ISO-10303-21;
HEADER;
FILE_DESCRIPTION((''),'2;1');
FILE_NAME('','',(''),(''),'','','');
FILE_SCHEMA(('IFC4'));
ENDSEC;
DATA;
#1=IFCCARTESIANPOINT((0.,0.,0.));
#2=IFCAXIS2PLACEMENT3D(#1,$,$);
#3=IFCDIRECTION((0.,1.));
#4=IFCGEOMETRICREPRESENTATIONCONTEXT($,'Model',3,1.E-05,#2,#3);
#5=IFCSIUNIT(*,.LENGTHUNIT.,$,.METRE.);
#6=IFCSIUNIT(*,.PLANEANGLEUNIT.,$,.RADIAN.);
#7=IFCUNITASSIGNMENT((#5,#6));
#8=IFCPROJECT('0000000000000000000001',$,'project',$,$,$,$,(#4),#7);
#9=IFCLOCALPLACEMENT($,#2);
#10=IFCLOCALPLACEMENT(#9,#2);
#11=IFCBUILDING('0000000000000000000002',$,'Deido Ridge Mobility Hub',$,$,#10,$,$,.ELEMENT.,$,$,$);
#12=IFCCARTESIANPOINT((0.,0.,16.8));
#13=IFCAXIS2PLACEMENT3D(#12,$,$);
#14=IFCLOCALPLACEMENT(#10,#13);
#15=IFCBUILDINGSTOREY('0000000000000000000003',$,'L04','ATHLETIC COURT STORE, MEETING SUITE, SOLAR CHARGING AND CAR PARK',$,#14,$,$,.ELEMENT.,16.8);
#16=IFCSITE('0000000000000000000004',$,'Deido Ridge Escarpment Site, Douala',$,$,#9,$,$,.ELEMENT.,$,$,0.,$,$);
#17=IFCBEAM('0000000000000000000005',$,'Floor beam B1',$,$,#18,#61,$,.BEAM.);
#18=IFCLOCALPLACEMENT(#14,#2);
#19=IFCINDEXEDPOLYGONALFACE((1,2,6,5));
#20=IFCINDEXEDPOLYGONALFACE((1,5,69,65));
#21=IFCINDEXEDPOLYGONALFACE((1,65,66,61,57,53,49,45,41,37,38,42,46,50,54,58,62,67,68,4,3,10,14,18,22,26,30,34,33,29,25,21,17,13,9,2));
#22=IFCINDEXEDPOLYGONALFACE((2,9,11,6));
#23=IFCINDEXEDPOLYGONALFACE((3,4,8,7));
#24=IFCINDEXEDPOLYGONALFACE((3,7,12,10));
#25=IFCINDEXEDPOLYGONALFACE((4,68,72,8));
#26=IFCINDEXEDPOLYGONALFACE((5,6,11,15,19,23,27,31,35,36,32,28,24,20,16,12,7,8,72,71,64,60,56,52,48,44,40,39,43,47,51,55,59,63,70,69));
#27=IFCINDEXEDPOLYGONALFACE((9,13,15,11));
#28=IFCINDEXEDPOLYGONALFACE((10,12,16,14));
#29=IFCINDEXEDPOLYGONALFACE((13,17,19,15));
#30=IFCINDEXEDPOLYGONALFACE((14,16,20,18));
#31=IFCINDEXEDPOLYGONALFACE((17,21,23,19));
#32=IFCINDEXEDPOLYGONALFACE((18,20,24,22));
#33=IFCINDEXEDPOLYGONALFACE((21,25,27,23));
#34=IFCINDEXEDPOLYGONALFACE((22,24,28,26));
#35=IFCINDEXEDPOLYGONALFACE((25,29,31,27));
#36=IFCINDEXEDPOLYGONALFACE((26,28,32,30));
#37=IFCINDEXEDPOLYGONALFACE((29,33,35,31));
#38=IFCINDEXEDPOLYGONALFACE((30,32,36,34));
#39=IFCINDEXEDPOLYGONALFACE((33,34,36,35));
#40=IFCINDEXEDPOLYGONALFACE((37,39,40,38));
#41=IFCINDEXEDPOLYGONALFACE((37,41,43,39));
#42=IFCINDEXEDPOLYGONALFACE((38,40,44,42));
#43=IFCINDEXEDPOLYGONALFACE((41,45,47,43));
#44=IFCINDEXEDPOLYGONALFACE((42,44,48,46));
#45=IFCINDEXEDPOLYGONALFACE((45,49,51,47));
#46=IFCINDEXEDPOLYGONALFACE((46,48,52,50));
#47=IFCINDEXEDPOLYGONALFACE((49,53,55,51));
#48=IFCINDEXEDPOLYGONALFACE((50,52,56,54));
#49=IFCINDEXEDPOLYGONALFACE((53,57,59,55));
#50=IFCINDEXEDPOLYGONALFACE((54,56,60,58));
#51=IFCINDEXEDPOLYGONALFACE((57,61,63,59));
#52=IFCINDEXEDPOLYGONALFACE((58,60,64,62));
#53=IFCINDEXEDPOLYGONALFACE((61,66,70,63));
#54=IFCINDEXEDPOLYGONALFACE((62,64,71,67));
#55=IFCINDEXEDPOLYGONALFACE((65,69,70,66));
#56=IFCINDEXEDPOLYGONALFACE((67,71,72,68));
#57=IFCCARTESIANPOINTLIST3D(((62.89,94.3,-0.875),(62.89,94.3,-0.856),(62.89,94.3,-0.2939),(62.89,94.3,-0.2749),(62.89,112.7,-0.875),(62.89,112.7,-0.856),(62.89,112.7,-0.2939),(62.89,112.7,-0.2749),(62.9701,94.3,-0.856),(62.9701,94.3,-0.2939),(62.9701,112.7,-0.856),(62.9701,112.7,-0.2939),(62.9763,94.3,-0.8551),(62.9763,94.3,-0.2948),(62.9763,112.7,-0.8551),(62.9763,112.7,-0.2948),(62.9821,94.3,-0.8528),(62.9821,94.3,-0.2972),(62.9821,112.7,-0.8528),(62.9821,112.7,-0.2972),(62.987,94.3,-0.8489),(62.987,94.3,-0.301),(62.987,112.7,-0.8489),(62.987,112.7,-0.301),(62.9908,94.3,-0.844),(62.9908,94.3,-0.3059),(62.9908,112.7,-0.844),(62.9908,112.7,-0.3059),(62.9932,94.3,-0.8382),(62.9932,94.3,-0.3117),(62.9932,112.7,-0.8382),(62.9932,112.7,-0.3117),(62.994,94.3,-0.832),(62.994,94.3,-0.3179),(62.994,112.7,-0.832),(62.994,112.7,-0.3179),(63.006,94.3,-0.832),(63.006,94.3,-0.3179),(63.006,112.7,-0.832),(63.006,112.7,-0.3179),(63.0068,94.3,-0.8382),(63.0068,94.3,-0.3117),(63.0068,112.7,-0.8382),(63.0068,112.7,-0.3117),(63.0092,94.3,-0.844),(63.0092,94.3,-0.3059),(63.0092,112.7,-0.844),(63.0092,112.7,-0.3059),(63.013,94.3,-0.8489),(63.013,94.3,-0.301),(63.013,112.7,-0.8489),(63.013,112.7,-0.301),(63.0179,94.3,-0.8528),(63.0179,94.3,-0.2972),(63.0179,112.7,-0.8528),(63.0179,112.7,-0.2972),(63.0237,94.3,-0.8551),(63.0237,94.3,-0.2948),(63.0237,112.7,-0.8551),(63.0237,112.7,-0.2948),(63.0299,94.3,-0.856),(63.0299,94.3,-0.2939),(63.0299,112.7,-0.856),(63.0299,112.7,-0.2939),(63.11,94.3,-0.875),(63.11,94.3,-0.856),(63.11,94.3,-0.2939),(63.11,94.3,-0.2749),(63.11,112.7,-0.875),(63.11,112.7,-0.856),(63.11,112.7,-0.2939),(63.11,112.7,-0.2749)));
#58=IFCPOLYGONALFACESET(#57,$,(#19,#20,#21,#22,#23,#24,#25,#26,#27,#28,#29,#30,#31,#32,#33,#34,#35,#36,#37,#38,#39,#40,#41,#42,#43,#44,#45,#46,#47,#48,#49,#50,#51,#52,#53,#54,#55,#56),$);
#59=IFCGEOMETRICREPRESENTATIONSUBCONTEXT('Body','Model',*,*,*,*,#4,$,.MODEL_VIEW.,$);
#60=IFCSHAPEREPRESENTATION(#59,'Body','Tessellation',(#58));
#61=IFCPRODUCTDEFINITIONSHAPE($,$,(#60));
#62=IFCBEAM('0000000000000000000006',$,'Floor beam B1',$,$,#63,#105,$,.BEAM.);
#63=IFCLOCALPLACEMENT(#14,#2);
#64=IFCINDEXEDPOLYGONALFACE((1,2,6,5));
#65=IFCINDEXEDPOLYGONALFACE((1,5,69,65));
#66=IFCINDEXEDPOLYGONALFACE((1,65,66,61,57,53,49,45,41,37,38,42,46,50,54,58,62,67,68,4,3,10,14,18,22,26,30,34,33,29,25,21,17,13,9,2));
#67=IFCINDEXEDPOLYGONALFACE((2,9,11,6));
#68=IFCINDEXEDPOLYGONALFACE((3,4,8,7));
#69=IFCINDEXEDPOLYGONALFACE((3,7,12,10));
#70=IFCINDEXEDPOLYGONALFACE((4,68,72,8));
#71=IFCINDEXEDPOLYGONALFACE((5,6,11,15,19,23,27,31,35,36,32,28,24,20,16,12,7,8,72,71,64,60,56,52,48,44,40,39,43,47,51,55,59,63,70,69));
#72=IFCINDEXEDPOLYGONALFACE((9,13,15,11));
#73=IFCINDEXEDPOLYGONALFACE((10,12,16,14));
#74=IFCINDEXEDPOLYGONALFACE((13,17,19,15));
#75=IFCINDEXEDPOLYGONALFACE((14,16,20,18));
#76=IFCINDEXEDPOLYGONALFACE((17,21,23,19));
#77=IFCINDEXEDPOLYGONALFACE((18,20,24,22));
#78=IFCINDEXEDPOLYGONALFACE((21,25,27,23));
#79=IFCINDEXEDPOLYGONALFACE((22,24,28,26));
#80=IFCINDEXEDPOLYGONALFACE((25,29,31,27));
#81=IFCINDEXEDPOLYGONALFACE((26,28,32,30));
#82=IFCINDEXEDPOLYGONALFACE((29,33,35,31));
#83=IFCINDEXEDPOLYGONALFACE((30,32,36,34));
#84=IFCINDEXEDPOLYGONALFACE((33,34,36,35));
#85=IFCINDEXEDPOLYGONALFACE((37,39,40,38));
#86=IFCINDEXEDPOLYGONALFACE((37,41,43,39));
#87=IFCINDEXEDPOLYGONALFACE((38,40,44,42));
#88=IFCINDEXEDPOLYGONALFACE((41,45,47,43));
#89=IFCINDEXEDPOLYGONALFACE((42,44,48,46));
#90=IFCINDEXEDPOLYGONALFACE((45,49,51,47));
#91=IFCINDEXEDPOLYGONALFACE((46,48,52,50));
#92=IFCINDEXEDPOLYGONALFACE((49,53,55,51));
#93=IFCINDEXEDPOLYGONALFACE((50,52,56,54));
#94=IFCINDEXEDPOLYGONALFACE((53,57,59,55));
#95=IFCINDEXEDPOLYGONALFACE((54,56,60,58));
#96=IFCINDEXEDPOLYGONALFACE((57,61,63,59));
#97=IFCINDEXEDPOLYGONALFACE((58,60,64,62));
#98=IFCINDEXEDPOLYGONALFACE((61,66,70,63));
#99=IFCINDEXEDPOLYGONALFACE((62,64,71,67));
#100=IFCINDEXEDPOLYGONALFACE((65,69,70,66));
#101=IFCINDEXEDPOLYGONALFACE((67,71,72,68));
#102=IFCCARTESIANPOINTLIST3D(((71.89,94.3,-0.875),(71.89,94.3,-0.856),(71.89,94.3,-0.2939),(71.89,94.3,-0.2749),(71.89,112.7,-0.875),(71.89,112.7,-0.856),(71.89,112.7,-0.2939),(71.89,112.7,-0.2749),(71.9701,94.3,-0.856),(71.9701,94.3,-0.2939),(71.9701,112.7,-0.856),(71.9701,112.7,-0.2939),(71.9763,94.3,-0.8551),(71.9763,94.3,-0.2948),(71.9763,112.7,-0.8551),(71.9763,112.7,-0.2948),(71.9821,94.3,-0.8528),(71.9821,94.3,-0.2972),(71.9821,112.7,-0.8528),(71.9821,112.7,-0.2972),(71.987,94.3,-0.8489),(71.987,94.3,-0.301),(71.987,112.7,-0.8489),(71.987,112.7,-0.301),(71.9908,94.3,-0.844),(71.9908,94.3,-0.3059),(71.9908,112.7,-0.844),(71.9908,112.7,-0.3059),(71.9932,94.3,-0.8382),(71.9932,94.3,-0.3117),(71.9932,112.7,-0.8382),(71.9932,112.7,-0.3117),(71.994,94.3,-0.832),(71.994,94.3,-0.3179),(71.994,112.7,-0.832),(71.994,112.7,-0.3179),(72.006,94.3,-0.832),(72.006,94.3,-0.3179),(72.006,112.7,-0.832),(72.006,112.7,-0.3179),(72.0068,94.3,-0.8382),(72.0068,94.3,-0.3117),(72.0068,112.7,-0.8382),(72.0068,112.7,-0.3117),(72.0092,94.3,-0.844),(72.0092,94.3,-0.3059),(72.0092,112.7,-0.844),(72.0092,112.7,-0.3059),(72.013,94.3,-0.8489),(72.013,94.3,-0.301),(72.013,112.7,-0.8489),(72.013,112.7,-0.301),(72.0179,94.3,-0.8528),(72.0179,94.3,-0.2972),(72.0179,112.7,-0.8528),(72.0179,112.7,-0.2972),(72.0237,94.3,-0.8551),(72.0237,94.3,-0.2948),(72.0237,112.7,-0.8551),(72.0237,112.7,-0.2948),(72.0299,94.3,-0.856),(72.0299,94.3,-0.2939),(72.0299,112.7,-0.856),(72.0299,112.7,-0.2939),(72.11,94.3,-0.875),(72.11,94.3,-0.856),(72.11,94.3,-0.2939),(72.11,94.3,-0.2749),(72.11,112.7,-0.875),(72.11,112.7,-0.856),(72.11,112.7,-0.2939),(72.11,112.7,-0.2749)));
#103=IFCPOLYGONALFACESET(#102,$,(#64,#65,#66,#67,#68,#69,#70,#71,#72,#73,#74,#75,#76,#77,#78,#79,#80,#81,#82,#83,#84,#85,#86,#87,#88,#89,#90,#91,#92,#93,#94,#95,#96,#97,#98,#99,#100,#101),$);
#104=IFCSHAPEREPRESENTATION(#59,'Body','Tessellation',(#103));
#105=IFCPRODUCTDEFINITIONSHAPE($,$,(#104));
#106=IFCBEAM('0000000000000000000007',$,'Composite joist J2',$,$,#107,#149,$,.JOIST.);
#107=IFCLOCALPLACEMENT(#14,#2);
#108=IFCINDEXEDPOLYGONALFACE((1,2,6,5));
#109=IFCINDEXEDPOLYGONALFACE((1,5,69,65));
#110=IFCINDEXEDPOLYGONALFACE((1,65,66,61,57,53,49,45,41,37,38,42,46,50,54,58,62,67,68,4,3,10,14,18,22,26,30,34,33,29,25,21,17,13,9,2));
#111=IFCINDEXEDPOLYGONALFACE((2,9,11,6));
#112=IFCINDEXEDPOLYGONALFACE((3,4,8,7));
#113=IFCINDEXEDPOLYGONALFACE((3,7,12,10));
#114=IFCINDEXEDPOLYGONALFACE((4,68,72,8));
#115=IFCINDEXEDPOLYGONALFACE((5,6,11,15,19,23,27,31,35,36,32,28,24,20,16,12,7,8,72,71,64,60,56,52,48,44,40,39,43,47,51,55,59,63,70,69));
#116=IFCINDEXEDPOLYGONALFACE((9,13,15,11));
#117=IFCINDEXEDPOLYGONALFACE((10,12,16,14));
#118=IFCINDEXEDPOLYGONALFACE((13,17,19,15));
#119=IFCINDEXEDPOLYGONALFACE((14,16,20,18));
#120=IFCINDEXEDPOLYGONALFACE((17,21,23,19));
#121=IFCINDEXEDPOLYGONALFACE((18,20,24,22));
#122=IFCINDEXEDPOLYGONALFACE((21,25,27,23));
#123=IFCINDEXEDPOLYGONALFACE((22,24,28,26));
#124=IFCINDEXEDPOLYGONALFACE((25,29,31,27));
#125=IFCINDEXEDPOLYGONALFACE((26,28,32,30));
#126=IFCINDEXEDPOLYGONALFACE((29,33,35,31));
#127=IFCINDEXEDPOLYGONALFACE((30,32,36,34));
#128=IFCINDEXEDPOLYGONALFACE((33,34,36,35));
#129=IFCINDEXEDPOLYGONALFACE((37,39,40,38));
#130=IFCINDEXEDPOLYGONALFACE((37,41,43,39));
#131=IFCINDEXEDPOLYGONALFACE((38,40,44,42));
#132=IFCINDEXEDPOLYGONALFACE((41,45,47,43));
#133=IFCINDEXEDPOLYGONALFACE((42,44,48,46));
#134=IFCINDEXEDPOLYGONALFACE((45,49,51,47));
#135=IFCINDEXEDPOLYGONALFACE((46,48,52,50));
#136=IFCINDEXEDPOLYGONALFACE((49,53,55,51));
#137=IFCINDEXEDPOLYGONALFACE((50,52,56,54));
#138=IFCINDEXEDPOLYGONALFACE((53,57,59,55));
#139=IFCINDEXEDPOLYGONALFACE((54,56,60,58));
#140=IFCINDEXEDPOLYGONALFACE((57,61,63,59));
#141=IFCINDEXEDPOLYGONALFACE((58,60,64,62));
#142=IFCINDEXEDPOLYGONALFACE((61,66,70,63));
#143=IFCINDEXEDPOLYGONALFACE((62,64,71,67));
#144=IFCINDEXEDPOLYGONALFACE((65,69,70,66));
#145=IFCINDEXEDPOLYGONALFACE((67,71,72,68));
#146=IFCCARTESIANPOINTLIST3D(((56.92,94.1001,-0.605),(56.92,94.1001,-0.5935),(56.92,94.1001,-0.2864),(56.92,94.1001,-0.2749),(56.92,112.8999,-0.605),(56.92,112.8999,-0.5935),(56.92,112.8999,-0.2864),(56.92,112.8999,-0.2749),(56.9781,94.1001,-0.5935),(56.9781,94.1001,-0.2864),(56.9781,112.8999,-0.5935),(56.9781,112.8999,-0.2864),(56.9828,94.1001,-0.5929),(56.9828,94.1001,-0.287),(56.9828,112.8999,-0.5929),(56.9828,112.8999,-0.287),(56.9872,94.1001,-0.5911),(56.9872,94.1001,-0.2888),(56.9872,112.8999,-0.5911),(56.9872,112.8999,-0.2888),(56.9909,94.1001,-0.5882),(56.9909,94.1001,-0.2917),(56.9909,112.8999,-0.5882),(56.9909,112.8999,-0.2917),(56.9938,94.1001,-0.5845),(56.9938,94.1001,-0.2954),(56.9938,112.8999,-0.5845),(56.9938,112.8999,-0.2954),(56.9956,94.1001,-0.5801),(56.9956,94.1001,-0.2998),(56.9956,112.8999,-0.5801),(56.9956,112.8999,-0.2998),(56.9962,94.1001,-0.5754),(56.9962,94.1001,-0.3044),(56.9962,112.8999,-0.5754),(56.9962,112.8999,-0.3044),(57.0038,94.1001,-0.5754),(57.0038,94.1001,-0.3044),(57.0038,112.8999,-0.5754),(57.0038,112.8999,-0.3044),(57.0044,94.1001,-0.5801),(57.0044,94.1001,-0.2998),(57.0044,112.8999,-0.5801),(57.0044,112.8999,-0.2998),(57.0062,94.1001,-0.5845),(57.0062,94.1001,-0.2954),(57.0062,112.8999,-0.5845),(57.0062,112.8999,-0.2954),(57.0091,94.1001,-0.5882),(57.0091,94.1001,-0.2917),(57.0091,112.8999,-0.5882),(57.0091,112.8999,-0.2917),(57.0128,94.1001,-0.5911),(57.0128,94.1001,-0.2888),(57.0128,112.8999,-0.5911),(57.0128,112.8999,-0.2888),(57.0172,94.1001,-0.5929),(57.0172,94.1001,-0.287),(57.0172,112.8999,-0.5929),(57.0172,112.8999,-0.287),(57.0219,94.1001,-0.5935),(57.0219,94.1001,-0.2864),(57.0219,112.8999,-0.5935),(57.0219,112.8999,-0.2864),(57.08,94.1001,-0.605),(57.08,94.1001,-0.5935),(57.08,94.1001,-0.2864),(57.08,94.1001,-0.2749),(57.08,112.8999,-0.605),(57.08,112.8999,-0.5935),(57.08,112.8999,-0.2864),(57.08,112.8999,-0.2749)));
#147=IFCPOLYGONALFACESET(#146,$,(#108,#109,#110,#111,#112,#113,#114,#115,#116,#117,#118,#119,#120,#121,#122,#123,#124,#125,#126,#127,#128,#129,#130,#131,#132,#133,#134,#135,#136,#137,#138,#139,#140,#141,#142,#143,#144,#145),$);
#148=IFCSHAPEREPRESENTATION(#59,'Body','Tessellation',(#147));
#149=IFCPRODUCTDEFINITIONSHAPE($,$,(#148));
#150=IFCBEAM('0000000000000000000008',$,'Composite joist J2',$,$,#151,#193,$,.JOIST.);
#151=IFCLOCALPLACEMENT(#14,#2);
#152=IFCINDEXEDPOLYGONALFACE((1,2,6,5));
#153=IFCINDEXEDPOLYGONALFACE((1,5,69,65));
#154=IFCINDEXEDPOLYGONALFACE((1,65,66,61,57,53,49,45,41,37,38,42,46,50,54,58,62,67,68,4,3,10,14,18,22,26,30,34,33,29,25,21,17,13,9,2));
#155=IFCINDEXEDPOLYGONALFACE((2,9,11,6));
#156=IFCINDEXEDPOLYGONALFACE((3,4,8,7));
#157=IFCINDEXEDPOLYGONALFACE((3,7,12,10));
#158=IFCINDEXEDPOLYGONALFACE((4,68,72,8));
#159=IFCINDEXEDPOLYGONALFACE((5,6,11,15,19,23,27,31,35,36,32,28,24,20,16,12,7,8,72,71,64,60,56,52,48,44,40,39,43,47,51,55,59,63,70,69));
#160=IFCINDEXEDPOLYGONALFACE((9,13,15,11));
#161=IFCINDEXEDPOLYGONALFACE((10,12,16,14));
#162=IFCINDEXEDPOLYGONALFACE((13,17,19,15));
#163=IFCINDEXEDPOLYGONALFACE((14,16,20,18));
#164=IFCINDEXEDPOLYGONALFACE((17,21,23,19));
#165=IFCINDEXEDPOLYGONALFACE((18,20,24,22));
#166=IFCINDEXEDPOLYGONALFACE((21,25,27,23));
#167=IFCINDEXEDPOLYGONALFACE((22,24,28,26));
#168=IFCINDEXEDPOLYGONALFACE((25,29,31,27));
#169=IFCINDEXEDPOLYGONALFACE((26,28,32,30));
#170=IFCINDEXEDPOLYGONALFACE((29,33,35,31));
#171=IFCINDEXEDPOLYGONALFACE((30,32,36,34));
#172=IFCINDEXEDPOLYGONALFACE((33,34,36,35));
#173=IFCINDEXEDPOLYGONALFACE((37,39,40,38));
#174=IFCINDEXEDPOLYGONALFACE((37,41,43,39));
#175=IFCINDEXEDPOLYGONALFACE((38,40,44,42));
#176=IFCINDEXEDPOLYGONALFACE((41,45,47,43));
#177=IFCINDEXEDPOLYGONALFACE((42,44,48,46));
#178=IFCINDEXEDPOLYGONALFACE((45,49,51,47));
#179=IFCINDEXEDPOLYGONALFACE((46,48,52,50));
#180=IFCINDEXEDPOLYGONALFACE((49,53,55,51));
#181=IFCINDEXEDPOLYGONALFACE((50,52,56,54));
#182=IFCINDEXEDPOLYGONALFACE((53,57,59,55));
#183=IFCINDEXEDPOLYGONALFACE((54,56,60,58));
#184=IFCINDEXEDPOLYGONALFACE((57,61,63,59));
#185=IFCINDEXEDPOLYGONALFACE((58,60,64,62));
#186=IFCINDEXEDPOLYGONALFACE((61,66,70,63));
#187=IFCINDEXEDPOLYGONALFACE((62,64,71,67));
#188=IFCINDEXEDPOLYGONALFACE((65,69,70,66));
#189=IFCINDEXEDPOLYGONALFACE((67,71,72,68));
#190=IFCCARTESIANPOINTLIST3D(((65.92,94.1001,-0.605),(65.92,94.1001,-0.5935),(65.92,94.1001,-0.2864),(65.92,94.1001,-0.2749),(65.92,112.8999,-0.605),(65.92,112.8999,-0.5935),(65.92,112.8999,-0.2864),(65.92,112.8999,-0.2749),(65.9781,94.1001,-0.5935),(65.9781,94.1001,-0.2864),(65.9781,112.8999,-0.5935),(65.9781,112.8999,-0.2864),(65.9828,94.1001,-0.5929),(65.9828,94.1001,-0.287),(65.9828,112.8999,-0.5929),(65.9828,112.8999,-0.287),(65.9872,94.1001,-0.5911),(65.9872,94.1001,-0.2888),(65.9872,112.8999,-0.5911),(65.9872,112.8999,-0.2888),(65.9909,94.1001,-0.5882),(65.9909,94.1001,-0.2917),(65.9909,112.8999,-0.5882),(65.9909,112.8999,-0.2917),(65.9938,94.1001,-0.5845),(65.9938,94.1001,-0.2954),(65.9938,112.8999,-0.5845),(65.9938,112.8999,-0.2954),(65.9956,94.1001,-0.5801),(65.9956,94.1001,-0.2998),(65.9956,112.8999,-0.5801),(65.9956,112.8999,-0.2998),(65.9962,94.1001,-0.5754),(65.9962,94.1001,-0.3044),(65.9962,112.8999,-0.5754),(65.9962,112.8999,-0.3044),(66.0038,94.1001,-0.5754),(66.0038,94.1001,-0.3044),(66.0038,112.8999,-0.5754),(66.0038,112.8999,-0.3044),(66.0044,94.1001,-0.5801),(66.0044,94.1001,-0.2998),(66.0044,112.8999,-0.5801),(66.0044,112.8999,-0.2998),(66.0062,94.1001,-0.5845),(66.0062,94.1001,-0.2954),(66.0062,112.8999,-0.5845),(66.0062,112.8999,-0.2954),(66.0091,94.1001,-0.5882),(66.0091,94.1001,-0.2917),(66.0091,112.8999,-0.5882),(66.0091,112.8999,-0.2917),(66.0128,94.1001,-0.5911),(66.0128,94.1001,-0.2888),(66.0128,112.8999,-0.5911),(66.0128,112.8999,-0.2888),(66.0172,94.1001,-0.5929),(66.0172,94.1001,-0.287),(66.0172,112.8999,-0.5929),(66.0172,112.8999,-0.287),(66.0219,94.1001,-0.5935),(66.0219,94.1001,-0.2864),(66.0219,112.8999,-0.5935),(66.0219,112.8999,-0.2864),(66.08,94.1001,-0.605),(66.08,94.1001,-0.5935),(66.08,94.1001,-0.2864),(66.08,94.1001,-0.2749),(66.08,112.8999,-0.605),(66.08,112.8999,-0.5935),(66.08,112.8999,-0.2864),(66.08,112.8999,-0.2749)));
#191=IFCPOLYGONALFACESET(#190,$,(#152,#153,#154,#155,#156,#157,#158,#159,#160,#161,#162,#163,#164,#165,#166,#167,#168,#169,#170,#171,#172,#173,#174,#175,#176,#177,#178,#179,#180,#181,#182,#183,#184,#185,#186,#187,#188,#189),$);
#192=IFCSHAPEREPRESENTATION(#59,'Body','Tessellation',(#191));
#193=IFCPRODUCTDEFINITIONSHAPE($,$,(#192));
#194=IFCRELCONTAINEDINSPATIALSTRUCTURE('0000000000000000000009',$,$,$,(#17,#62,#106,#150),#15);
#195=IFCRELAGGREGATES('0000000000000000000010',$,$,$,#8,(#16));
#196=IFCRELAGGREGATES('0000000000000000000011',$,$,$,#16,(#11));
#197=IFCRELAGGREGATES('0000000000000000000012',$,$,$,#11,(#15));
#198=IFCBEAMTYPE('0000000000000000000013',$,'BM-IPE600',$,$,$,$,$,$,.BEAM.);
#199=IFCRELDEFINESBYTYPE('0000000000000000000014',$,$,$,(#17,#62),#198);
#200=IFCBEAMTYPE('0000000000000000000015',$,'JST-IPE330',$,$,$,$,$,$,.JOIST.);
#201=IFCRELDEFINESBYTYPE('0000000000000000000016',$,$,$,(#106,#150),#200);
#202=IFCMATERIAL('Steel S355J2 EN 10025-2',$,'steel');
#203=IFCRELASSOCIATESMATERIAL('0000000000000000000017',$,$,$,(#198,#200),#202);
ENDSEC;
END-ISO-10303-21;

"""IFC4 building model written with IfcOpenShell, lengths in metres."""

from ifc_helpers import new_model, si_unit, direction, frame, origin, origin_2d, place, context, subcontext, project, spatial, i_section, extrude, material, material_profile, profile_set, type_object, element, save


model = new_model("IFC4")

# Units and contexts
model_context = context("Model", 3, precision=1e-05, world=origin(), true_north=direction((0.0, 1.0)))
body_context = subcontext(model_context, "Body", "Model", "MODEL_VIEW")
ifc_project = project(units=[si_unit("LENGTHUNIT", "METRE"), si_unit("PLANEANGLEUNIT", "RADIAN")], contexts=[model_context])

# Site, building, storey
site_placement = place(None, origin())
site = spatial("IfcSite", under=ifc_project, at=site_placement, Name="Deido Ridge Escarpment Site, Douala", CompositionType="ELEMENT", RefElevation=0.0)
building_placement = place(site_placement, origin())
building = spatial("IfcBuilding", under=site, at=building_placement, Name="Deido Ridge Mobility Hub", CompositionType="ELEMENT")
storey_placement = place(building_placement, frame((0.0, 0.0, 16.8)))
storey = spatial("IfcBuildingStorey", under=building, at=storey_placement, Name="L04", Description="ATHLETIC COURT STORE, MEETING SUITE, SOLAR CHARGING AND CAR PARK", CompositionType="ELEMENT", Elevation=16.8)

# Shared definitions
ifc_material_1 = material(Name="Steel S355J2 EN 10025-2", Category="steel")

# Beams
ifc_material_profile_1 = material_profile(ifc_material_1, i_section(OverallWidth=0.22, OverallDepth=0.6001, WebThickness=0.012, FlangeThickness=0.019, FilletRadius=0.0239, at=origin_2d()), Name="IPE 600")
ifc_profile_set_1 = profile_set([ifc_material_profile_1], Name="Steel S355J2 EN 10025-2")
beam_type_1 = type_object("IfcBeamType", Name="BM-IPE600", PredefinedType="BEAM", material=ifc_profile_set_1)
for number, where, z_axis, x_axis, name in (
    (1, (63.0, 94.3, -0.575), (0.0, 1.0, 0.0), (-1.0, 0.0, 0.0), "Floor beam B1"),
    (2, (72.0, 94.3, -0.575), (0.0, 1.0, 0.0), (-1.0, 0.0, 0.0), "Floor beam B1"),
):
    element("IfcBeam", number, at=place(storey_placement, frame(where, z_axis=z_axis, x_axis=x_axis)), inside=storey, type_object=beam_type_1, Name=name, PredefinedType="BEAM", context=body_context, shape_type="SweptSolid", body=[
        extrude(i_section(OverallWidth=0.22, OverallDepth=0.6001, WebThickness=0.012, FlangeThickness=0.019, FilletRadius=0.0239, at=origin_2d()), origin(), (0.0, 0.0, 1.0), 18.3999),
    ])
ifc_material_profile_2 = material_profile(ifc_material_1, i_section(OverallWidth=0.1599, OverallDepth=0.3301, WebThickness=0.0076, FlangeThickness=0.0115, FilletRadius=0.0181, at=origin_2d()), Name="IPE 330")
ifc_profile_set_2 = profile_set([ifc_material_profile_2], Name="Steel S355J2 EN 10025-2")
beam_type_2 = type_object("IfcBeamType", Name="JST-IPE330", PredefinedType="JOIST", material=ifc_profile_set_2)
for number, where, z_axis, x_axis, name in (
    (3, (57.0, 94.1001, -0.4399), (0.0, 1.0, 0.0), (-1.0, 0.0, 0.0), "Composite joist J2"),
    (4, (66.0, 94.1001, -0.4399), (0.0, 1.0, 0.0), (-1.0, 0.0, 0.0), "Composite joist J2"),
):
    element("IfcBeam", number, at=place(storey_placement, frame(where, z_axis=z_axis, x_axis=x_axis)), inside=storey, type_object=beam_type_2, Name=name, PredefinedType="JOIST", context=body_context, shape_type="SweptSolid", body=[
        extrude(i_section(OverallWidth=0.1599, OverallDepth=0.3301, WebThickness=0.0076, FlangeThickness=0.0115, FilletRadius=0.0181, at=origin_2d()), origin(), (0.0, 0.0, 1.0), 18.7998),
    ])

save(model, "model.ifc")
